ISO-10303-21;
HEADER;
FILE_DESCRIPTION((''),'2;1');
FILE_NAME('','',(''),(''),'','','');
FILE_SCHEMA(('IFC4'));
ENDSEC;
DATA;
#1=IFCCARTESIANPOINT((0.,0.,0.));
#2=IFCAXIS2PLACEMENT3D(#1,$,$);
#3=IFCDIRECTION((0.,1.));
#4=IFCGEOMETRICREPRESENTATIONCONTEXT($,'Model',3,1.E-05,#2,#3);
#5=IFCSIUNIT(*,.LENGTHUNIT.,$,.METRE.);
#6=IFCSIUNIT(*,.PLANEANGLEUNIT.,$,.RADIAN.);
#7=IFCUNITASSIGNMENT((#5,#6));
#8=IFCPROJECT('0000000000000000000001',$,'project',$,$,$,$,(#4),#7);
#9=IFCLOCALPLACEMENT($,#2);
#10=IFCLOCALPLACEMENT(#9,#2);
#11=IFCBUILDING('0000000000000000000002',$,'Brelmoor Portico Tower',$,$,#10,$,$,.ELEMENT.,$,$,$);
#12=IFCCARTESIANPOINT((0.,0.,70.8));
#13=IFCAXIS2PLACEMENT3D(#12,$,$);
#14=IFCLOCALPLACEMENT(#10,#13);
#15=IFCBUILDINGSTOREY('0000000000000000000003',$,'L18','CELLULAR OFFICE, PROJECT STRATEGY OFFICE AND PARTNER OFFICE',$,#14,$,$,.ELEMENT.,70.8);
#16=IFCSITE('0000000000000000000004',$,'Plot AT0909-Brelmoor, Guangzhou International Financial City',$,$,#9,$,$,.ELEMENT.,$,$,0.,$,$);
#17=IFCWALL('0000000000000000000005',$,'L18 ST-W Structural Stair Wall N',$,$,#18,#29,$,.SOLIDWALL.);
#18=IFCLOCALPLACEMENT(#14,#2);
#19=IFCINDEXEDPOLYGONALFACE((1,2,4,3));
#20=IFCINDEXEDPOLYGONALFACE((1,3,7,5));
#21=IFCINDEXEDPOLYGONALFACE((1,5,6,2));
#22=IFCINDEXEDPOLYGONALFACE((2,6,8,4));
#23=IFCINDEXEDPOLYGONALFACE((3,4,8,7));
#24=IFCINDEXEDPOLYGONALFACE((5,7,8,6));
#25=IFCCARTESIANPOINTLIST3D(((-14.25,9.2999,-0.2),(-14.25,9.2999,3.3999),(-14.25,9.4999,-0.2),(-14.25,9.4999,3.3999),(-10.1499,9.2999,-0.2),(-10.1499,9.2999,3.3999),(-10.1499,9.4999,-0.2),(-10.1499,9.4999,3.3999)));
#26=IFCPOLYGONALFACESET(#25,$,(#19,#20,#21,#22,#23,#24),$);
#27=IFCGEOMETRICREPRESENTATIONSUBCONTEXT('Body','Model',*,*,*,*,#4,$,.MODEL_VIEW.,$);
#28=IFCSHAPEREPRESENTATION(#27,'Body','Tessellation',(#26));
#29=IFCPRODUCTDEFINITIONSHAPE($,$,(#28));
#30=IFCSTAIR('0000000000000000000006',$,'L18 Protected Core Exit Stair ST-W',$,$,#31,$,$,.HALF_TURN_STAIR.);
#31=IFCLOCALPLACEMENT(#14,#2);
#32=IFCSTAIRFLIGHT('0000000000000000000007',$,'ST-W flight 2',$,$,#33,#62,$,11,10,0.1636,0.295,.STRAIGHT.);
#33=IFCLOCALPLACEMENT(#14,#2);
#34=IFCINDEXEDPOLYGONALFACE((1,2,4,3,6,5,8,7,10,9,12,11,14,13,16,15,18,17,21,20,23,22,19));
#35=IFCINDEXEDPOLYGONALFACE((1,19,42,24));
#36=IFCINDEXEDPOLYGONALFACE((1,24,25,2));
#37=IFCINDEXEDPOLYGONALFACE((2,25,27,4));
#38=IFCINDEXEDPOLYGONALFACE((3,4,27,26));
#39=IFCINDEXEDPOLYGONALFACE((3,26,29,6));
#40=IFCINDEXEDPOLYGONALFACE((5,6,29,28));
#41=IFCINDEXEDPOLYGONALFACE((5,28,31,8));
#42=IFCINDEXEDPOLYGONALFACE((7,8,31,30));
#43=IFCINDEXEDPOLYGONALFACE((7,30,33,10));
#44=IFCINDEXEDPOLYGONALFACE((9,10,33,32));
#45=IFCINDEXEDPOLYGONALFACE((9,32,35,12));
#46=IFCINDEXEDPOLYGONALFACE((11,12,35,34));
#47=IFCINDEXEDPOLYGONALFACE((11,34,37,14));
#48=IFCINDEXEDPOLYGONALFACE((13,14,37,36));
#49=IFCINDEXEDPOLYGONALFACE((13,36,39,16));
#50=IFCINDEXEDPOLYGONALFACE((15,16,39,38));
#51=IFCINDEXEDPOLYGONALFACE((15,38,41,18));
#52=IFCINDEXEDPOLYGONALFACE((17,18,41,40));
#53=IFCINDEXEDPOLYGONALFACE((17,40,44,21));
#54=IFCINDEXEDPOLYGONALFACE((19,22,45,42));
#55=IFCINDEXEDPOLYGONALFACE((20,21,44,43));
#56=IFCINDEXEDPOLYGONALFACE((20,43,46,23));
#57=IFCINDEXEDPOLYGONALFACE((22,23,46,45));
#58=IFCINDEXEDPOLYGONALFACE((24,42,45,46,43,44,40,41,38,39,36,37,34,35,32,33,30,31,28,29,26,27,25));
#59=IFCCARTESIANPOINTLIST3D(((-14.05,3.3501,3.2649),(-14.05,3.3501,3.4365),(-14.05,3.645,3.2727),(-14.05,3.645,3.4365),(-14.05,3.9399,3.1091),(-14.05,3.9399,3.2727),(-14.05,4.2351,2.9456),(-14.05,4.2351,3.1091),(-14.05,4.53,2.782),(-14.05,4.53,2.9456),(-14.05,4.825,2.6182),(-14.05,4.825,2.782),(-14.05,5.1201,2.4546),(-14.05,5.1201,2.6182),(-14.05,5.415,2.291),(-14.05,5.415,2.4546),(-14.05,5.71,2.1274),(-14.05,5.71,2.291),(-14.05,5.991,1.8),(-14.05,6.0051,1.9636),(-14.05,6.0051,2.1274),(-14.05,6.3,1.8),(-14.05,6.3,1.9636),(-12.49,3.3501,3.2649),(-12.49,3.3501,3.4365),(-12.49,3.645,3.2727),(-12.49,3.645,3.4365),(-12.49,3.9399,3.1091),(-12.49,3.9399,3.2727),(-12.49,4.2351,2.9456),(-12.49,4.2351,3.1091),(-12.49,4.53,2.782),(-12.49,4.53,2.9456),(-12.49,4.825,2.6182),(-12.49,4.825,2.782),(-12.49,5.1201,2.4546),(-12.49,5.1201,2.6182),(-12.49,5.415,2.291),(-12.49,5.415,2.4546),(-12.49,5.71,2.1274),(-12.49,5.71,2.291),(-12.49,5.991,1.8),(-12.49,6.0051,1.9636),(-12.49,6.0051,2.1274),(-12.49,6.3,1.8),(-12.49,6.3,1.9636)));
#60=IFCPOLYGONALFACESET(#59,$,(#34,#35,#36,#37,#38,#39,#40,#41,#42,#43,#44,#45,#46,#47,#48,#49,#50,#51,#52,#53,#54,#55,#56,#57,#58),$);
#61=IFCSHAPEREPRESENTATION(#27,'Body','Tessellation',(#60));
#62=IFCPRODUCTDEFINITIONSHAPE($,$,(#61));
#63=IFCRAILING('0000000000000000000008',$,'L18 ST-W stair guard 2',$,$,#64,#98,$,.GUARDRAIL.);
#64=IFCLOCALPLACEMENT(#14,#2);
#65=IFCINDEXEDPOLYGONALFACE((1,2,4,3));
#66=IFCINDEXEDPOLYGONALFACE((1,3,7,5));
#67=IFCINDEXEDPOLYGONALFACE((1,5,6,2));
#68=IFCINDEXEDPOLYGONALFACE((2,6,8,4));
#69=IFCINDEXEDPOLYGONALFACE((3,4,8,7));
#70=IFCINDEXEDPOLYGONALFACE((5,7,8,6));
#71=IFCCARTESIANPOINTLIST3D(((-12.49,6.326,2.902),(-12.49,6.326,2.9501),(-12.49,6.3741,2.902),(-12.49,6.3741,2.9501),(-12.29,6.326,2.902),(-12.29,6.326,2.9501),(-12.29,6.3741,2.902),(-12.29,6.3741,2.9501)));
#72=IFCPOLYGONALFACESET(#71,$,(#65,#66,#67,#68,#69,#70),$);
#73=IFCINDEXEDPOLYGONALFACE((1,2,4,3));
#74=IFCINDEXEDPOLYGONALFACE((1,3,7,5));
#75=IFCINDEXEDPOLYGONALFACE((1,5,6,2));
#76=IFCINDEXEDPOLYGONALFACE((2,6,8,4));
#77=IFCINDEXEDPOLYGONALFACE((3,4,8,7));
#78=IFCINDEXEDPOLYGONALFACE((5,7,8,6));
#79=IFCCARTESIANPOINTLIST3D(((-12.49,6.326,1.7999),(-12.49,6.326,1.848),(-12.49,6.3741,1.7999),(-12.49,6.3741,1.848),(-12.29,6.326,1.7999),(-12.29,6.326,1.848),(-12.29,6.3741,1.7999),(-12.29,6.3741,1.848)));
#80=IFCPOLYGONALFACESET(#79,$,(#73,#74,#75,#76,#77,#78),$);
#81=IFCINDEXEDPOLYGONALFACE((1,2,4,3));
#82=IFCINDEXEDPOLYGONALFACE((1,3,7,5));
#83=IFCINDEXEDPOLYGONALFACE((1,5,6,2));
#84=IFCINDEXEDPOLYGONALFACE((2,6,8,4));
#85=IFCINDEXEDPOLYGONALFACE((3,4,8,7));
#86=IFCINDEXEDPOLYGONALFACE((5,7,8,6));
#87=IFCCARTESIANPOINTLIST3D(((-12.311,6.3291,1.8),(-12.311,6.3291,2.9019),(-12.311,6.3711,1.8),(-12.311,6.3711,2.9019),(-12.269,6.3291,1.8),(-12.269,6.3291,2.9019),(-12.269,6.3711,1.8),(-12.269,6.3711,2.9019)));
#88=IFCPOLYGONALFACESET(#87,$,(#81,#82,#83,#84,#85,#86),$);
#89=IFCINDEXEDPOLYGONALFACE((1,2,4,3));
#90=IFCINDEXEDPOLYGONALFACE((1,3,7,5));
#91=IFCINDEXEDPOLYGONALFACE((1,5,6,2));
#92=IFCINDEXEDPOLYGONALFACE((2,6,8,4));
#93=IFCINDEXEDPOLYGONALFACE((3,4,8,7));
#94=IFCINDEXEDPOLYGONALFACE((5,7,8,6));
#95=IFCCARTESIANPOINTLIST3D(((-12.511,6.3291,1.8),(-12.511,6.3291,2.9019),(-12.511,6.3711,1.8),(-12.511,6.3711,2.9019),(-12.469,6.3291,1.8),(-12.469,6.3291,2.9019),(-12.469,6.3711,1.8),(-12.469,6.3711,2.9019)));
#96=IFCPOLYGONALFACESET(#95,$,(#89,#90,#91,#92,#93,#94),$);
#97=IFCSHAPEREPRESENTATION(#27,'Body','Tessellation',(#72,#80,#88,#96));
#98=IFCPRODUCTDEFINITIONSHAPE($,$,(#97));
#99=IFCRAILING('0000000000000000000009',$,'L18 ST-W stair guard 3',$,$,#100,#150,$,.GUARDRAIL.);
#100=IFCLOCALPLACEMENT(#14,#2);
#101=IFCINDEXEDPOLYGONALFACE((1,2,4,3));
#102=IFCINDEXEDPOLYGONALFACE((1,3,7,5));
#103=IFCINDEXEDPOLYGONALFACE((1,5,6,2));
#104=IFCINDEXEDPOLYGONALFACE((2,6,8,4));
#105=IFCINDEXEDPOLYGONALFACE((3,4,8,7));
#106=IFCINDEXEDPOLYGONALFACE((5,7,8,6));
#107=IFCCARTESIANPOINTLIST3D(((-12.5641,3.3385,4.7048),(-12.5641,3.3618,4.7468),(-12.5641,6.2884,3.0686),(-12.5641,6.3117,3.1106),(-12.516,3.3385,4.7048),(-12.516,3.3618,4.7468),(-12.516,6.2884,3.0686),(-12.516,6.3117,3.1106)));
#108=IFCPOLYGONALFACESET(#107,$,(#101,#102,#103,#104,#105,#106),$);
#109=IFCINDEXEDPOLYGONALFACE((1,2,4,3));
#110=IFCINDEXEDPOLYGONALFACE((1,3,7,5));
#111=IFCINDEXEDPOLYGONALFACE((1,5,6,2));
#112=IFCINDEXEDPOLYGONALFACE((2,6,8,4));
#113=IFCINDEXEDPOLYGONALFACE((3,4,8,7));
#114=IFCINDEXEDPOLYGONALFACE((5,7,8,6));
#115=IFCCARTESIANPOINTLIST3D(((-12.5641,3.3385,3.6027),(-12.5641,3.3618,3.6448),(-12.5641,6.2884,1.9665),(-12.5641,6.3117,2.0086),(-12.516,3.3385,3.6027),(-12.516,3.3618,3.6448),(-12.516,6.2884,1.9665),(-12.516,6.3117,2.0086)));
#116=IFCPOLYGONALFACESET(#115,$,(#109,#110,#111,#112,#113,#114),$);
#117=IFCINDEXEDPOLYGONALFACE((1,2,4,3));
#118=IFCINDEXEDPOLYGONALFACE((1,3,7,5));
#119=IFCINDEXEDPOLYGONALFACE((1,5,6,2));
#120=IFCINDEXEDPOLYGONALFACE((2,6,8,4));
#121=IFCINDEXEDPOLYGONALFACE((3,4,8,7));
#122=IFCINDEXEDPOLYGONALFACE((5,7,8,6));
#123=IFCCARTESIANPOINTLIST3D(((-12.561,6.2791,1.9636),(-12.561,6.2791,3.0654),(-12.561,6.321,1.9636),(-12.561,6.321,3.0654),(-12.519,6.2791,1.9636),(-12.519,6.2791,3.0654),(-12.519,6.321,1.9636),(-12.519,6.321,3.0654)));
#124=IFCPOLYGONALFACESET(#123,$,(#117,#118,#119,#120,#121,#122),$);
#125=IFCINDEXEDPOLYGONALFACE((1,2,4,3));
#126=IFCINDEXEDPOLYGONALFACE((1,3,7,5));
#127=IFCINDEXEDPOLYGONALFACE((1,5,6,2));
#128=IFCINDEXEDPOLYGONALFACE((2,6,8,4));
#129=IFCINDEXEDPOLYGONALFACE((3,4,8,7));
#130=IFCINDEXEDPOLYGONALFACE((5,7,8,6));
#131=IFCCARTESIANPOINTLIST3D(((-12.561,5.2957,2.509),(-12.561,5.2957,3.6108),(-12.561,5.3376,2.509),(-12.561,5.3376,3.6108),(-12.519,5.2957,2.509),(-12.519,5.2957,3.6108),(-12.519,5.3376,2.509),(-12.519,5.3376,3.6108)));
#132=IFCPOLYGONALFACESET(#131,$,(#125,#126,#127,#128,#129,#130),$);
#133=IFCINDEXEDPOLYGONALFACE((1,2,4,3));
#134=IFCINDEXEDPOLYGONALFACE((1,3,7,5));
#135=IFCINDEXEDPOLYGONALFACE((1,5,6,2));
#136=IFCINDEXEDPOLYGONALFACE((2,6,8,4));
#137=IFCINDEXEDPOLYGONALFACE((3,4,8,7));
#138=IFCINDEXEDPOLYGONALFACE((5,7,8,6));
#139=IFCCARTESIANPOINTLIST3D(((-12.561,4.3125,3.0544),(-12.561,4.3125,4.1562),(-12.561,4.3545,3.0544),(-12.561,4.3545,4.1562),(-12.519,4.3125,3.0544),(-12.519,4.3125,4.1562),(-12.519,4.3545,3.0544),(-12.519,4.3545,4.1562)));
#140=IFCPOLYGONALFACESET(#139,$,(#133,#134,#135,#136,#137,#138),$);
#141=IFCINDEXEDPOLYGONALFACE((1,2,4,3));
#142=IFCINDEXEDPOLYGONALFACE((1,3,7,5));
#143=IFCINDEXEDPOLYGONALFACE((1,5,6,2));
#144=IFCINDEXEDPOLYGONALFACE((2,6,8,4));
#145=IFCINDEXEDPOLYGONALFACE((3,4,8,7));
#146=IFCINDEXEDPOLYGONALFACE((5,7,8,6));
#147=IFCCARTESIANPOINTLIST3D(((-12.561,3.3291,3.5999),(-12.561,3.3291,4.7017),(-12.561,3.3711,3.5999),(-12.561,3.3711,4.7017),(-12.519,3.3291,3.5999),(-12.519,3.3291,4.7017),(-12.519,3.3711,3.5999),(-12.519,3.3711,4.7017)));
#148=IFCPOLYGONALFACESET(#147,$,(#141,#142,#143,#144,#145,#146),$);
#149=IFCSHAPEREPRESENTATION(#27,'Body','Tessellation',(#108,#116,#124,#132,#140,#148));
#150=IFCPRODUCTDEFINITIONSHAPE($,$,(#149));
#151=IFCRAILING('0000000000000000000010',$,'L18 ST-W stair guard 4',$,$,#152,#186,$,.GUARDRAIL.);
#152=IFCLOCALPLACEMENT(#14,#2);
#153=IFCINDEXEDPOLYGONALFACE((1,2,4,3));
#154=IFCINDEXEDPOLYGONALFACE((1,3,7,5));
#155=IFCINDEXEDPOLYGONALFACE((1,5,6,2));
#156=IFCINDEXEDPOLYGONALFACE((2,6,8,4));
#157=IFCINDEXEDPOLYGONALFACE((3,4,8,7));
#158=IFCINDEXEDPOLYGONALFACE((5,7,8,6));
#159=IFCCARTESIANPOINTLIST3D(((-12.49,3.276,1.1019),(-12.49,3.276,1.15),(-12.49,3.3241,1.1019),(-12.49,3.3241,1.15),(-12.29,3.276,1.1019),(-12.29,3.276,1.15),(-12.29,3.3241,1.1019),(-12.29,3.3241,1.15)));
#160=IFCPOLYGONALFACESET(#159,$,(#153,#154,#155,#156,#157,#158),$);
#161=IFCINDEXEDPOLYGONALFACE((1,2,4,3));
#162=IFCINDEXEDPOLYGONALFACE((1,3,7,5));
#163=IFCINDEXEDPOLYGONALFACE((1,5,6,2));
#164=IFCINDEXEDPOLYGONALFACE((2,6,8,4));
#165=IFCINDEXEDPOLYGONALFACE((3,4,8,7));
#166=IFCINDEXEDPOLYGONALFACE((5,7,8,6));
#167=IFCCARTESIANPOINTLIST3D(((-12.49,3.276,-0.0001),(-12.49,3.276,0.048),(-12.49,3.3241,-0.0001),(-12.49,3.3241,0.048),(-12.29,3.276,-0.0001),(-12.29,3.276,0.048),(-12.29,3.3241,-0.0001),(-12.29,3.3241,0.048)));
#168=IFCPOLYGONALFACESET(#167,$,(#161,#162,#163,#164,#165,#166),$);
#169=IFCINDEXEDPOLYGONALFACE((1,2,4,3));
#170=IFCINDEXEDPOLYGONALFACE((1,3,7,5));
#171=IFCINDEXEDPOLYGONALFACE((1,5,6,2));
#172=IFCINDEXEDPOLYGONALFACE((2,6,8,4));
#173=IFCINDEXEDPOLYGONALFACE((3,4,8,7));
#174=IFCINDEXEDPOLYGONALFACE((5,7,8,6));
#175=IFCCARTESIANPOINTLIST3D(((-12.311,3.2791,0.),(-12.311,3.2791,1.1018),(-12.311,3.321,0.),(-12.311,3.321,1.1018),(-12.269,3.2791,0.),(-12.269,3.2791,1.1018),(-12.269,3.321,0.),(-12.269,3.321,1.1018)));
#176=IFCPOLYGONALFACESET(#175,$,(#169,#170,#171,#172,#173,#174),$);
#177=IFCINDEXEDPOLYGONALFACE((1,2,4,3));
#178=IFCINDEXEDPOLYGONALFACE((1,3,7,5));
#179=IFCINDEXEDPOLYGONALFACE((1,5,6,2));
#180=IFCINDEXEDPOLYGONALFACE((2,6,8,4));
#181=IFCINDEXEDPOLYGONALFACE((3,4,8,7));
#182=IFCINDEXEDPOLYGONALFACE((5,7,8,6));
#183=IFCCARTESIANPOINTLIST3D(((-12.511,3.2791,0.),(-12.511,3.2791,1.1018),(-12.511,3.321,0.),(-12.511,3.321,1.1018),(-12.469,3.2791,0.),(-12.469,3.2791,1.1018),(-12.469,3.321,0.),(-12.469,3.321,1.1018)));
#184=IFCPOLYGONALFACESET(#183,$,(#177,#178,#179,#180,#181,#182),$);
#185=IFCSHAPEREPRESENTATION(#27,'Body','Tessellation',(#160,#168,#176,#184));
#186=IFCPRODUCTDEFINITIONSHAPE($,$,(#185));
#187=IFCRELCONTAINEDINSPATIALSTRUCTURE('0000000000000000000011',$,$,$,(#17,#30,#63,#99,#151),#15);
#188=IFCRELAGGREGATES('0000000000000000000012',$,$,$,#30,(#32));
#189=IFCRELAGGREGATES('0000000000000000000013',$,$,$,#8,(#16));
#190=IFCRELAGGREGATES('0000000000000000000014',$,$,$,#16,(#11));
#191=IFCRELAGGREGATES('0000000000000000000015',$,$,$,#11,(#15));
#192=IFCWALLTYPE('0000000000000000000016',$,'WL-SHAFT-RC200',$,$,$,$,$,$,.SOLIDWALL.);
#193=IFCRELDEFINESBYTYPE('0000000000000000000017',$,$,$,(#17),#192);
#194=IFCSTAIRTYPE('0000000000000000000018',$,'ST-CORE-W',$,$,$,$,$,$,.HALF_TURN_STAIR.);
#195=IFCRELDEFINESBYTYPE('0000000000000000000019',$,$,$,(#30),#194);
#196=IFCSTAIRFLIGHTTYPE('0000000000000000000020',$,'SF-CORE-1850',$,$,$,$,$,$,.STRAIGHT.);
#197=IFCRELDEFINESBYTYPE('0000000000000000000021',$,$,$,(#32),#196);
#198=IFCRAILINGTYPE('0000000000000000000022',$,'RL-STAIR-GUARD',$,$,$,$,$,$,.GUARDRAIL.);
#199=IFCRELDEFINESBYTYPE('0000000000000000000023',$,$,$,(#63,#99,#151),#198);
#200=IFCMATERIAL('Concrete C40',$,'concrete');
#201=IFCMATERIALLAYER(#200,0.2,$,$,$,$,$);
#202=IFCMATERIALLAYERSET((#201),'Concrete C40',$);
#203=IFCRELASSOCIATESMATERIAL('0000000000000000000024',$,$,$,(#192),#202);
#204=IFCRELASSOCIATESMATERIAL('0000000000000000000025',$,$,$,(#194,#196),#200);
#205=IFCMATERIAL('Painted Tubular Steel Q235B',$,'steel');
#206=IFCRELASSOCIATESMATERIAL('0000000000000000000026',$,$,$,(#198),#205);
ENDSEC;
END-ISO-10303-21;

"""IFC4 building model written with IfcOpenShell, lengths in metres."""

from ifc_helpers import new_model, si_unit, direction, frame, frame_2d, origin, origin_2d, place, context, subcontext, project, spatial, polyline, rectangle, outline, extrude, material, layer, layer_set, type_object, element, aggregate, save


model = new_model("IFC4")

# Units and contexts
model_context = context("Model", 3, precision=1e-05, world=origin(), true_north=direction((0.0, 1.0)))
body_context = subcontext(model_context, "Body", "Model", "MODEL_VIEW")
ifc_project = project(units=[si_unit("LENGTHUNIT", "METRE"), si_unit("PLANEANGLEUNIT", "RADIAN")], contexts=[model_context])

# Site, building, storey
site_placement = place(None, origin())
site = spatial("IfcSite", under=ifc_project, at=site_placement, Name="Plot AT0909-Brelmoor, Guangzhou International Financial City", CompositionType="ELEMENT", RefElevation=0.0)
building_placement = place(site_placement, origin())
building = spatial("IfcBuilding", under=site, at=building_placement, Name="Brelmoor Portico Tower", CompositionType="ELEMENT")
storey_placement = place(building_placement, frame((0.0, 0.0, 70.8)))
storey = spatial("IfcBuildingStorey", under=building, at=storey_placement, Name="L18", Description="CELLULAR OFFICE, PROJECT STRATEGY OFFICE AND PARTNER OFFICE", CompositionType="ELEMENT", Elevation=70.8)

# Shared definitions
ifc_material_1 = material(Name="Concrete C40", Category="concrete")
ifc_layer_1 = layer(ifc_material_1, 0.2)
ifc_layer_set_1 = layer_set([ifc_layer_1], Name="Concrete C40")
wall_type_1 = type_object("IfcWallType", Name="WL-SHAFT-RC200", PredefinedType="SOLIDWALL", material=ifc_layer_set_1)

# Wall
wall_1_placement = place(storey_placement, frame((-14.25, 9.3999, -0.2), z_axis=(0.0, 0.0, 1.0), x_axis=(1.0, 0.0, 0.0)))
element("IfcWall", 1, at=wall_1_placement, inside=storey, type_object=wall_type_1, Name="L18 ST-W Structural Stair Wall N", PredefinedType="SOLIDWALL", context=body_context, shape_type="SweptSolid", body=[
    extrude(rectangle(XDim=4.1001, YDim=0.2, at=frame_2d((2.05, 0.0))), origin(), (0.0, 0.0, 1.0), 3.5999),
])

# Stair, stair flight
stair_type = type_object("IfcStairType", Name="ST-CORE-W", PredefinedType="HALF_TURN_STAIR", material=ifc_material_1)
stair_placement = place(storey_placement, origin())
stair = element("IfcStair", 2, at=stair_placement, inside=storey, type_object=stair_type, Name="L18 Protected Core Exit Stair ST-W", PredefinedType="HALF_TURN_STAIR")
stair_flight_type = type_object("IfcStairFlightType", Name="SF-CORE-1850", PredefinedType="STRAIGHT", material=ifc_material_1)
stair_flight_placement = place(storey_placement, frame((-13.27, 6.3, 1.8), z_axis=(0.0, 0.0, 1.0), x_axis=(0.0, -1.0, 0.0)))
stair_flight = element("IfcStairFlight", 3, at=stair_flight_placement, type_object=stair_flight_type, Name="ST-W flight 2", NumberOfRisers=11, NumberOfTreads=10, PredefinedType="STRAIGHT", RiserHeight=0.1636, TreadLength=0.295, context=body_context, shape_type="SweptSolid", body=[
    extrude(outline(polyline([(0.0, 0.0), (0.0, 0.1636), (0.2949, 0.1636), (0.2949, 0.3274), (0.5901, 0.3274), (0.5901, 0.491), (0.885, 0.491), (0.885, 0.6545), (1.1799, 0.6545), (1.1799, 0.8181), (1.4751, 0.8181), (1.4751, 0.9819), (1.77, 0.9819), (1.77, 1.1455), (2.0649, 1.1455), (2.0649, 1.3091), (2.3601, 1.3091), (2.3601, 1.4727), (2.655, 1.4727), (2.655, 1.6365), (2.95, 1.6365), (2.95, 1.8), (2.95, 1.4648), (0.3091, 0.0), (0.0, 0.0)])), frame((0.0, 0.78, 0.0), z_axis=(0.0, -1.0, 0.0), x_axis=(1.0, 0.0, 0.0)), (0.0, 0.0, 1.0), 1.5601),
])
aggregate(stair, [stair_flight])

# Railings
ifc_material_2 = material(Name="Painted Tubular Steel Q235B", Category="steel")
railing_type_1 = type_object("IfcRailingType", Name="RL-STAIR-GUARD", PredefinedType="GUARDRAIL", material=ifc_material_2)
railing_1_placement = place(storey_placement, frame((-12.29, 6.3501, 1.8)))
element("IfcRailing", 4, at=railing_1_placement, inside=storey, type_object=railing_type_1, Name="L18 ST-W stair guard 2", PredefinedType="GUARDRAIL", context=body_context, shape_type="SweptSolid", body=[
    extrude(rectangle(XDim=0.0481, YDim=0.0481, at=origin_2d()), frame((0.0, 0.0, 1.126), z_axis=(-1.0, 0.0, 0.0), x_axis=(0.0, -1.0, 0.0)), (0.0, 0.0, 1.0), 0.2),
    extrude(rectangle(XDim=0.0481, YDim=0.0481, at=origin_2d()), frame((0.0, 0.0, 0.0239), z_axis=(-1.0, 0.0, 0.0), x_axis=(0.0, -1.0, 0.0)), (0.0, 0.0, 1.0), 0.2),
    extrude(rectangle(XDim=0.042, YDim=0.042, at=origin_2d()), origin(), (0.0, 0.0, 1.0), 1.1018),
    extrude(rectangle(XDim=0.042, YDim=0.042, at=origin_2d()), frame((-0.2, 0.0, 0.0)), (0.0, 0.0, 1.0), 1.1018),
])
railing_2_placement = place(storey_placement, frame((-12.54, 6.3, 1.9636)))
element("IfcRailing", 5, at=railing_2_placement, inside=storey, type_object=railing_type_1, Name="L18 ST-W stair guard 3", PredefinedType="GUARDRAIL", context=body_context, shape_type="SweptSolid", body=[
    extrude(rectangle(XDim=0.0481, YDim=0.0481, at=origin_2d()), frame((0.0, 0.0, 1.126), z_axis=(0.0, -0.874488, 0.485047), x_axis=(1.0, 0.0, 0.0)), (0.0, 0.0, 1.0), 3.3733),
    extrude(rectangle(XDim=0.0481, YDim=0.0481, at=origin_2d()), frame((0.0, 0.0, 0.0239), z_axis=(0.0, -0.874488, 0.485047), x_axis=(1.0, 0.0, 0.0)), (0.0, 0.0, 1.0), 3.3733),
    extrude(rectangle(XDim=0.042, YDim=0.042, at=origin_2d()), origin(), (0.0, 0.0, 1.0), 1.1018),
    extrude(rectangle(XDim=0.042, YDim=0.042, at=origin_2d()), frame((0.0, -0.9834, 0.5454)), (0.0, 0.0, 1.0), 1.1018),
    extrude(rectangle(XDim=0.042, YDim=0.042, at=origin_2d()), frame((0.0, -1.9666, 1.0908)), (0.0, 0.0, 1.0), 1.1018),
    extrude(rectangle(XDim=0.042, YDim=0.042, at=origin_2d()), frame((0.0, -2.95, 1.6362)), (0.0, 0.0, 1.0), 1.1018),
])
railing_3_placement = place(storey_placement, frame((-12.29, 3.3, 0.0)))
element("IfcRailing", 6, at=railing_3_placement, inside=storey, type_object=railing_type_1, Name="L18 ST-W stair guard 4", PredefinedType="GUARDRAIL", context=body_context, shape_type="SweptSolid", body=[
    extrude(rectangle(XDim=0.0481, YDim=0.0481, at=origin_2d()), frame((0.0, 0.0, 1.126), z_axis=(-1.0, 0.0, 0.0), x_axis=(0.0, -1.0, 0.0)), (0.0, 0.0, 1.0), 0.2),
    extrude(rectangle(XDim=0.0481, YDim=0.0481, at=origin_2d()), frame((0.0, 0.0, 0.0239), z_axis=(-1.0, 0.0, 0.0), x_axis=(0.0, -1.0, 0.0)), (0.0, 0.0, 1.0), 0.2),
    extrude(rectangle(XDim=0.042, YDim=0.042, at=origin_2d()), origin(), (0.0, 0.0, 1.0), 1.1018),
    extrude(rectangle(XDim=0.042, YDim=0.042, at=origin_2d()), frame((-0.2, 0.0, 0.0)), (0.0, 0.0, 1.0), 1.1018),
])

save(model, "model.ifc")
